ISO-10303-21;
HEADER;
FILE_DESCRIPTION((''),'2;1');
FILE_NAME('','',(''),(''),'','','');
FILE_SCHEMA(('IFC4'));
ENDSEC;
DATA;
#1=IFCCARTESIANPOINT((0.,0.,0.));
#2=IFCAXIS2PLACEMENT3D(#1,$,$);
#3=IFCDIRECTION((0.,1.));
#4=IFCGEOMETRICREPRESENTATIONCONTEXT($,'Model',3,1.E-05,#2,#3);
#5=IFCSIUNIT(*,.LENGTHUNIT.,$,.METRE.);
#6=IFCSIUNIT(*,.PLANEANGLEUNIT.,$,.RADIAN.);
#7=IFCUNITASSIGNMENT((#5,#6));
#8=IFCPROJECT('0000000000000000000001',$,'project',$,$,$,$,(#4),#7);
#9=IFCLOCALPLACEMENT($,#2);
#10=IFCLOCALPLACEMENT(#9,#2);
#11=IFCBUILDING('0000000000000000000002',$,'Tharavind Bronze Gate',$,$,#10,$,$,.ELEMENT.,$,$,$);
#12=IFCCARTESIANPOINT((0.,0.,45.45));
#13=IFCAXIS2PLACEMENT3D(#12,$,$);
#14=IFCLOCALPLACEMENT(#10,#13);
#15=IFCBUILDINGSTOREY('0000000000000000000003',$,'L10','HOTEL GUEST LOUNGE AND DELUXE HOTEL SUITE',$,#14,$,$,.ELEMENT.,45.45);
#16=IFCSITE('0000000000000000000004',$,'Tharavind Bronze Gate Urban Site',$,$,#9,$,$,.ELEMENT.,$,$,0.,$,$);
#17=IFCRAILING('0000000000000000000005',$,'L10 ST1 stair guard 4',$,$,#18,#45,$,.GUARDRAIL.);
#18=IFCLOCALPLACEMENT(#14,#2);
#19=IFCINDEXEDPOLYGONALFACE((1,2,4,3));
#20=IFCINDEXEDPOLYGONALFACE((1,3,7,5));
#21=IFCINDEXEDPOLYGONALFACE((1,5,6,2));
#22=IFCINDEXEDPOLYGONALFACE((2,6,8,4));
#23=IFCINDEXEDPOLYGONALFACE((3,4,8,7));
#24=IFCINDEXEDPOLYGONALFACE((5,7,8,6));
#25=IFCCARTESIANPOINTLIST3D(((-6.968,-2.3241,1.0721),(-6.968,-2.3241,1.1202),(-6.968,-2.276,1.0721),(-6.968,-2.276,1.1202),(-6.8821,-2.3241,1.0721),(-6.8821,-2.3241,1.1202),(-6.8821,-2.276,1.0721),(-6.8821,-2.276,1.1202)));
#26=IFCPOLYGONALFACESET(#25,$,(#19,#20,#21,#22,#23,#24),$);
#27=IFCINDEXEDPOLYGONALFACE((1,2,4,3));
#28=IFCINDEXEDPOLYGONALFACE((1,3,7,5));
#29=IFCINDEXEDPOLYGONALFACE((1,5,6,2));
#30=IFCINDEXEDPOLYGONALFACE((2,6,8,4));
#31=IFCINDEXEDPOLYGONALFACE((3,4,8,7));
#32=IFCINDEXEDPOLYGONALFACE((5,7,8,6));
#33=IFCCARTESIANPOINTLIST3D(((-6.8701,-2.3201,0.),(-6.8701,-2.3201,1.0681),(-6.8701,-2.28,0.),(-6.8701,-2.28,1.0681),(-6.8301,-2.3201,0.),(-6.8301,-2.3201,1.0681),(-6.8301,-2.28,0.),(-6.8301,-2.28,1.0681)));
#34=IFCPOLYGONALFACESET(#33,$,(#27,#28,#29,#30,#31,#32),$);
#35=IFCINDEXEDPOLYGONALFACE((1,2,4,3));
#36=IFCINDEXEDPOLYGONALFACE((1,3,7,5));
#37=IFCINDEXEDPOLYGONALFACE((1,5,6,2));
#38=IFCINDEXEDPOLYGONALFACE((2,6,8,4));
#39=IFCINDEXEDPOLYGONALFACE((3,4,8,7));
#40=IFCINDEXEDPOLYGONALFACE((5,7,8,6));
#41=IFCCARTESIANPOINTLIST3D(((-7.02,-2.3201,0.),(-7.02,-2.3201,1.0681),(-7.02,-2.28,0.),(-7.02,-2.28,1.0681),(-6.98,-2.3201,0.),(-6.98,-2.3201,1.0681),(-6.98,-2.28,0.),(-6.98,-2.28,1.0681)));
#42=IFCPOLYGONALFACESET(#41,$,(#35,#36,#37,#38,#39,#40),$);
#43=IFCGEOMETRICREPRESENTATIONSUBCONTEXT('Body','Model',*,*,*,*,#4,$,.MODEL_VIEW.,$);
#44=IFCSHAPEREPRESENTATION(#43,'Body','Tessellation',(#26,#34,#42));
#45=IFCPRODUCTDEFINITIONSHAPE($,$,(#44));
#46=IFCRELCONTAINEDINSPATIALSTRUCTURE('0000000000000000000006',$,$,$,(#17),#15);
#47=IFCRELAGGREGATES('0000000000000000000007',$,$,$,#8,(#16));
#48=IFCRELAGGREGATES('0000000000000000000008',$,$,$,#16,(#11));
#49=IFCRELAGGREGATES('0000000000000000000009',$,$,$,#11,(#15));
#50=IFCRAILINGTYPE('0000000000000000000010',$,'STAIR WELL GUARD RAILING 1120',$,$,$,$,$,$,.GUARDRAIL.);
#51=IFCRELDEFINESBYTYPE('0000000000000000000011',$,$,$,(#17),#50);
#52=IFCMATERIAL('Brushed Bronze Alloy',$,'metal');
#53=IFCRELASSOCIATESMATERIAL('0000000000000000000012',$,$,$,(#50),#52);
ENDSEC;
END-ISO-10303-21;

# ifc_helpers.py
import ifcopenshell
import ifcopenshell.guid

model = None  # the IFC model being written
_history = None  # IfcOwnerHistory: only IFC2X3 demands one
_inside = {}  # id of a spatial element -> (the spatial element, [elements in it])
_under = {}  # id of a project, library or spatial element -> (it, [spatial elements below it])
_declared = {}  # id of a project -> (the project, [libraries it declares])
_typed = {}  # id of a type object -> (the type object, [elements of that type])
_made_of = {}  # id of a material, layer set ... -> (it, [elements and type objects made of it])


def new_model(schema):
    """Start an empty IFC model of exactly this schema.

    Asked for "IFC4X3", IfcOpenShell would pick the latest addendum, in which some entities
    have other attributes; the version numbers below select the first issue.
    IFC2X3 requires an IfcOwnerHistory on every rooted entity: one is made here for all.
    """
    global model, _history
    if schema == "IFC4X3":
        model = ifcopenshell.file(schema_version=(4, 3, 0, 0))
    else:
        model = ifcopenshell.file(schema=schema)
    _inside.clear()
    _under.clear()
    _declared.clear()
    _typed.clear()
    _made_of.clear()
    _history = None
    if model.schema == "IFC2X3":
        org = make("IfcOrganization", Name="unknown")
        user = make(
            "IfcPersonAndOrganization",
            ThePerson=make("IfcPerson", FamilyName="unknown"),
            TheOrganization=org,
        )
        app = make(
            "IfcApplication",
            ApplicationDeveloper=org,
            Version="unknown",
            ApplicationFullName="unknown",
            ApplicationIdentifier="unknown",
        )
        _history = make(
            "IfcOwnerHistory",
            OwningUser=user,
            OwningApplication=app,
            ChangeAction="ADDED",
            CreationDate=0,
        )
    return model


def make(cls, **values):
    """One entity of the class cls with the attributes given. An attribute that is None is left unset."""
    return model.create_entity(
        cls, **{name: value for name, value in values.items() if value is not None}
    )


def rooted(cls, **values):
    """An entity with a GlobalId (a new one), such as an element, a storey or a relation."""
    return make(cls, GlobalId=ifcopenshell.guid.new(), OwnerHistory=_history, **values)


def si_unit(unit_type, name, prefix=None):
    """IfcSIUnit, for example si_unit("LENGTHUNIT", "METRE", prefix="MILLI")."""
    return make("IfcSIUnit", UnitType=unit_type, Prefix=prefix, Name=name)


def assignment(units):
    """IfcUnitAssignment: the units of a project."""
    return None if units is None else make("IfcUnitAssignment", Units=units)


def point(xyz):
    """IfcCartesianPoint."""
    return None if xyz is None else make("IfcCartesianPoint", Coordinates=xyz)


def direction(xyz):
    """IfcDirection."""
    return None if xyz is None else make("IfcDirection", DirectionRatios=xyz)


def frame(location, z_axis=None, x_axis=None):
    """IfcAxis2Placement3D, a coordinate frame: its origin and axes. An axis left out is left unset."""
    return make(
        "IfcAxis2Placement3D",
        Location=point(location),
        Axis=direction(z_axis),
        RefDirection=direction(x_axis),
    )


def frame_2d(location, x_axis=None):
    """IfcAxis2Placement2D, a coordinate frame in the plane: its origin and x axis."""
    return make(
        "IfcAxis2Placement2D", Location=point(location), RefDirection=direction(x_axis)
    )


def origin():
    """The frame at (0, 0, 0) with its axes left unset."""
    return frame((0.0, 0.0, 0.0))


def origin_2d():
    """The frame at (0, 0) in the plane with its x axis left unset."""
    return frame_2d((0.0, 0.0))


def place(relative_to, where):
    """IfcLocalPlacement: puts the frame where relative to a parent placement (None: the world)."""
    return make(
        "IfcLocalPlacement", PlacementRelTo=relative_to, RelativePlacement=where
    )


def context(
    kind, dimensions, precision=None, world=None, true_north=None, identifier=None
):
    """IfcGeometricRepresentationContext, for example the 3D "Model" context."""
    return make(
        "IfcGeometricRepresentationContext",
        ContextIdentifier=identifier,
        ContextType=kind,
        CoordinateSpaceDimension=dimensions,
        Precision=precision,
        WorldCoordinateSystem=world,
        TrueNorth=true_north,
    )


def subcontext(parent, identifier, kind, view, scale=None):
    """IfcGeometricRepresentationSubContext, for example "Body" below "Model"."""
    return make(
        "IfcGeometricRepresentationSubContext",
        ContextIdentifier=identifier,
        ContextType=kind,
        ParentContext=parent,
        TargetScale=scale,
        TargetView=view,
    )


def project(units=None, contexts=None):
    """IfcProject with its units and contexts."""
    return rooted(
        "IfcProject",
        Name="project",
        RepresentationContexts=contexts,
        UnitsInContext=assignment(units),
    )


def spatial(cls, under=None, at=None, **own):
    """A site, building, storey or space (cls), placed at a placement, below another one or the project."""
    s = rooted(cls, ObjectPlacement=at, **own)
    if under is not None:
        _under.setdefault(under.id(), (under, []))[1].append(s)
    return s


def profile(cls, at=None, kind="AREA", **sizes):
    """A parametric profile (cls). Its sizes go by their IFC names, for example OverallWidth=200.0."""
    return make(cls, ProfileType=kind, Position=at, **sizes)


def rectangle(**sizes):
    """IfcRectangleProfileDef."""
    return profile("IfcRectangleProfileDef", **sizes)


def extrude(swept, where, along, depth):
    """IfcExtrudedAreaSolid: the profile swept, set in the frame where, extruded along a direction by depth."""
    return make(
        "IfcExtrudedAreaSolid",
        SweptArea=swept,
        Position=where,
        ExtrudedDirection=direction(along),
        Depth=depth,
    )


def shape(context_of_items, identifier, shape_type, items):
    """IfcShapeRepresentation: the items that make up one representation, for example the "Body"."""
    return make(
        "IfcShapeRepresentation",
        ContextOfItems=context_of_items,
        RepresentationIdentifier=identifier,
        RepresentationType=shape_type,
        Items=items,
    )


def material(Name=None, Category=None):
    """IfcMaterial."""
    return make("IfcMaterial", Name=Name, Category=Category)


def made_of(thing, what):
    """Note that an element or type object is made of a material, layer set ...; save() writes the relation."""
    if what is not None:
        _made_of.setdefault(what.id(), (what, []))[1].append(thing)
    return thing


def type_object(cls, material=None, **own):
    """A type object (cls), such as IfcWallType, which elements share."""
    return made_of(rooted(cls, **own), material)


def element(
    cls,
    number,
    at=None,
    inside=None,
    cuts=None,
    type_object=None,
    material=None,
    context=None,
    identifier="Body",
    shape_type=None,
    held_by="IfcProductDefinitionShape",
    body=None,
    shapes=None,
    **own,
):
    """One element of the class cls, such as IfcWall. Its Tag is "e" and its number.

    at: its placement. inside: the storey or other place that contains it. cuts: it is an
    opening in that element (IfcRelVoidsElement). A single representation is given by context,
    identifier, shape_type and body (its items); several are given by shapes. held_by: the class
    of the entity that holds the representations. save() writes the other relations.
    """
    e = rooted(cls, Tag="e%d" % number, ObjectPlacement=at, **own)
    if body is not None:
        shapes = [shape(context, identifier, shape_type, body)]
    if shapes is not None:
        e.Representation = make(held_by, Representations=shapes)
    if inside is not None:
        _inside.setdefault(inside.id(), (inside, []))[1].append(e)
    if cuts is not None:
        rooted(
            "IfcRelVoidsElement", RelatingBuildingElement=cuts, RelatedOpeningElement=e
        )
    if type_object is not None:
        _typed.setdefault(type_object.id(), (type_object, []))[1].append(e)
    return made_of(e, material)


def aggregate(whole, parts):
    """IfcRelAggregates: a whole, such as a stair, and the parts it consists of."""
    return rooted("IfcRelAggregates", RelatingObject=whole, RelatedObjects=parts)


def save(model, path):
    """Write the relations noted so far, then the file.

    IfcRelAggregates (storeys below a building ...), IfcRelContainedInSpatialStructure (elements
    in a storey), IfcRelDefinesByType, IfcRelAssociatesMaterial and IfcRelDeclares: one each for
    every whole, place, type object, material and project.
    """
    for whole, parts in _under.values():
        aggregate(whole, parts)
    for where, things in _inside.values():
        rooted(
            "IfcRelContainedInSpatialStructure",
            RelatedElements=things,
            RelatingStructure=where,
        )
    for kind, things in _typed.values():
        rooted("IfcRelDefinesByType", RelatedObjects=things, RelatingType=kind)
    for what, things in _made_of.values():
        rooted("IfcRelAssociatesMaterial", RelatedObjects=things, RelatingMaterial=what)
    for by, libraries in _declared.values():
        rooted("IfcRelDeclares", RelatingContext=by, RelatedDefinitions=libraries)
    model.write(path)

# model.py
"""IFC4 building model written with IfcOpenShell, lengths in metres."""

from ifc_helpers import new_model, si_unit, direction, frame, origin, origin_2d, place, context, subcontext, project, spatial, rectangle, extrude, material, type_object, element, save


model = new_model("IFC4")

# Units and contexts
model_context = context("Model", 3, precision=1e-05, world=origin(), true_north=direction((0.0, 1.0)))
body_context = subcontext(model_context, "Body", "Model", "MODEL_VIEW")
ifc_project = project(units=[si_unit("LENGTHUNIT", "METRE"), si_unit("PLANEANGLEUNIT", "RADIAN")], contexts=[model_context])

# Site, building, storey
site_placement = place(None, origin())
site = spatial("IfcSite", under=ifc_project, at=site_placement, Name="Tharavind Bronze Gate Urban Site", CompositionType="ELEMENT", RefElevation=0.0)
building_placement = place(site_placement, origin())
building = spatial("IfcBuilding", under=site, at=building_placement, Name="Tharavind Bronze Gate", CompositionType="ELEMENT")
storey_placement = place(building_placement, frame((0.0, 0.0, 45.45)))
storey = spatial("IfcBuildingStorey", under=building, at=storey_placement, Name="L10", Description="HOTEL GUEST LOUNGE AND DELUXE HOTEL SUITE", CompositionType="ELEMENT", Elevation=45.45)

# Railing
ifc_material_1 = material(Name="Brushed Bronze Alloy", Category="metal")
railing_type_1 = type_object("IfcRailingType", Name="STAIR WELL GUARD RAILING 1120", PredefinedType="GUARDRAIL", material=ifc_material_1)
railing_1_placement = place(storey_placement, frame((-6.8501, -2.3, 0.0)))
element("IfcRailing", 1, at=railing_1_placement, inside=storey, type_object=railing_type_1, Name="L10 ST1 stair guard 4", PredefinedType="GUARDRAIL", context=body_context, shape_type="SweptSolid", body=[
    extrude(rectangle(XDim=0.0481, YDim=0.0481, at=origin_2d()), frame((-0.032, 0.0, 1.0962), z_axis=(-1.0, 0.0, 0.0), x_axis=(0.0, -1.0, 0.0)), (0.0, 0.0, 1.0), 0.0859),
    extrude(rectangle(XDim=0.04, YDim=0.04, at=origin_2d()), origin(), (0.0, 0.0, 1.0), 1.0681),
    extrude(rectangle(XDim=0.04, YDim=0.04, at=origin_2d()), frame((-0.1499, 0.0, 0.0)), (0.0, 0.0, 1.0), 1.0681),
])

save(model, "model.ifc")
